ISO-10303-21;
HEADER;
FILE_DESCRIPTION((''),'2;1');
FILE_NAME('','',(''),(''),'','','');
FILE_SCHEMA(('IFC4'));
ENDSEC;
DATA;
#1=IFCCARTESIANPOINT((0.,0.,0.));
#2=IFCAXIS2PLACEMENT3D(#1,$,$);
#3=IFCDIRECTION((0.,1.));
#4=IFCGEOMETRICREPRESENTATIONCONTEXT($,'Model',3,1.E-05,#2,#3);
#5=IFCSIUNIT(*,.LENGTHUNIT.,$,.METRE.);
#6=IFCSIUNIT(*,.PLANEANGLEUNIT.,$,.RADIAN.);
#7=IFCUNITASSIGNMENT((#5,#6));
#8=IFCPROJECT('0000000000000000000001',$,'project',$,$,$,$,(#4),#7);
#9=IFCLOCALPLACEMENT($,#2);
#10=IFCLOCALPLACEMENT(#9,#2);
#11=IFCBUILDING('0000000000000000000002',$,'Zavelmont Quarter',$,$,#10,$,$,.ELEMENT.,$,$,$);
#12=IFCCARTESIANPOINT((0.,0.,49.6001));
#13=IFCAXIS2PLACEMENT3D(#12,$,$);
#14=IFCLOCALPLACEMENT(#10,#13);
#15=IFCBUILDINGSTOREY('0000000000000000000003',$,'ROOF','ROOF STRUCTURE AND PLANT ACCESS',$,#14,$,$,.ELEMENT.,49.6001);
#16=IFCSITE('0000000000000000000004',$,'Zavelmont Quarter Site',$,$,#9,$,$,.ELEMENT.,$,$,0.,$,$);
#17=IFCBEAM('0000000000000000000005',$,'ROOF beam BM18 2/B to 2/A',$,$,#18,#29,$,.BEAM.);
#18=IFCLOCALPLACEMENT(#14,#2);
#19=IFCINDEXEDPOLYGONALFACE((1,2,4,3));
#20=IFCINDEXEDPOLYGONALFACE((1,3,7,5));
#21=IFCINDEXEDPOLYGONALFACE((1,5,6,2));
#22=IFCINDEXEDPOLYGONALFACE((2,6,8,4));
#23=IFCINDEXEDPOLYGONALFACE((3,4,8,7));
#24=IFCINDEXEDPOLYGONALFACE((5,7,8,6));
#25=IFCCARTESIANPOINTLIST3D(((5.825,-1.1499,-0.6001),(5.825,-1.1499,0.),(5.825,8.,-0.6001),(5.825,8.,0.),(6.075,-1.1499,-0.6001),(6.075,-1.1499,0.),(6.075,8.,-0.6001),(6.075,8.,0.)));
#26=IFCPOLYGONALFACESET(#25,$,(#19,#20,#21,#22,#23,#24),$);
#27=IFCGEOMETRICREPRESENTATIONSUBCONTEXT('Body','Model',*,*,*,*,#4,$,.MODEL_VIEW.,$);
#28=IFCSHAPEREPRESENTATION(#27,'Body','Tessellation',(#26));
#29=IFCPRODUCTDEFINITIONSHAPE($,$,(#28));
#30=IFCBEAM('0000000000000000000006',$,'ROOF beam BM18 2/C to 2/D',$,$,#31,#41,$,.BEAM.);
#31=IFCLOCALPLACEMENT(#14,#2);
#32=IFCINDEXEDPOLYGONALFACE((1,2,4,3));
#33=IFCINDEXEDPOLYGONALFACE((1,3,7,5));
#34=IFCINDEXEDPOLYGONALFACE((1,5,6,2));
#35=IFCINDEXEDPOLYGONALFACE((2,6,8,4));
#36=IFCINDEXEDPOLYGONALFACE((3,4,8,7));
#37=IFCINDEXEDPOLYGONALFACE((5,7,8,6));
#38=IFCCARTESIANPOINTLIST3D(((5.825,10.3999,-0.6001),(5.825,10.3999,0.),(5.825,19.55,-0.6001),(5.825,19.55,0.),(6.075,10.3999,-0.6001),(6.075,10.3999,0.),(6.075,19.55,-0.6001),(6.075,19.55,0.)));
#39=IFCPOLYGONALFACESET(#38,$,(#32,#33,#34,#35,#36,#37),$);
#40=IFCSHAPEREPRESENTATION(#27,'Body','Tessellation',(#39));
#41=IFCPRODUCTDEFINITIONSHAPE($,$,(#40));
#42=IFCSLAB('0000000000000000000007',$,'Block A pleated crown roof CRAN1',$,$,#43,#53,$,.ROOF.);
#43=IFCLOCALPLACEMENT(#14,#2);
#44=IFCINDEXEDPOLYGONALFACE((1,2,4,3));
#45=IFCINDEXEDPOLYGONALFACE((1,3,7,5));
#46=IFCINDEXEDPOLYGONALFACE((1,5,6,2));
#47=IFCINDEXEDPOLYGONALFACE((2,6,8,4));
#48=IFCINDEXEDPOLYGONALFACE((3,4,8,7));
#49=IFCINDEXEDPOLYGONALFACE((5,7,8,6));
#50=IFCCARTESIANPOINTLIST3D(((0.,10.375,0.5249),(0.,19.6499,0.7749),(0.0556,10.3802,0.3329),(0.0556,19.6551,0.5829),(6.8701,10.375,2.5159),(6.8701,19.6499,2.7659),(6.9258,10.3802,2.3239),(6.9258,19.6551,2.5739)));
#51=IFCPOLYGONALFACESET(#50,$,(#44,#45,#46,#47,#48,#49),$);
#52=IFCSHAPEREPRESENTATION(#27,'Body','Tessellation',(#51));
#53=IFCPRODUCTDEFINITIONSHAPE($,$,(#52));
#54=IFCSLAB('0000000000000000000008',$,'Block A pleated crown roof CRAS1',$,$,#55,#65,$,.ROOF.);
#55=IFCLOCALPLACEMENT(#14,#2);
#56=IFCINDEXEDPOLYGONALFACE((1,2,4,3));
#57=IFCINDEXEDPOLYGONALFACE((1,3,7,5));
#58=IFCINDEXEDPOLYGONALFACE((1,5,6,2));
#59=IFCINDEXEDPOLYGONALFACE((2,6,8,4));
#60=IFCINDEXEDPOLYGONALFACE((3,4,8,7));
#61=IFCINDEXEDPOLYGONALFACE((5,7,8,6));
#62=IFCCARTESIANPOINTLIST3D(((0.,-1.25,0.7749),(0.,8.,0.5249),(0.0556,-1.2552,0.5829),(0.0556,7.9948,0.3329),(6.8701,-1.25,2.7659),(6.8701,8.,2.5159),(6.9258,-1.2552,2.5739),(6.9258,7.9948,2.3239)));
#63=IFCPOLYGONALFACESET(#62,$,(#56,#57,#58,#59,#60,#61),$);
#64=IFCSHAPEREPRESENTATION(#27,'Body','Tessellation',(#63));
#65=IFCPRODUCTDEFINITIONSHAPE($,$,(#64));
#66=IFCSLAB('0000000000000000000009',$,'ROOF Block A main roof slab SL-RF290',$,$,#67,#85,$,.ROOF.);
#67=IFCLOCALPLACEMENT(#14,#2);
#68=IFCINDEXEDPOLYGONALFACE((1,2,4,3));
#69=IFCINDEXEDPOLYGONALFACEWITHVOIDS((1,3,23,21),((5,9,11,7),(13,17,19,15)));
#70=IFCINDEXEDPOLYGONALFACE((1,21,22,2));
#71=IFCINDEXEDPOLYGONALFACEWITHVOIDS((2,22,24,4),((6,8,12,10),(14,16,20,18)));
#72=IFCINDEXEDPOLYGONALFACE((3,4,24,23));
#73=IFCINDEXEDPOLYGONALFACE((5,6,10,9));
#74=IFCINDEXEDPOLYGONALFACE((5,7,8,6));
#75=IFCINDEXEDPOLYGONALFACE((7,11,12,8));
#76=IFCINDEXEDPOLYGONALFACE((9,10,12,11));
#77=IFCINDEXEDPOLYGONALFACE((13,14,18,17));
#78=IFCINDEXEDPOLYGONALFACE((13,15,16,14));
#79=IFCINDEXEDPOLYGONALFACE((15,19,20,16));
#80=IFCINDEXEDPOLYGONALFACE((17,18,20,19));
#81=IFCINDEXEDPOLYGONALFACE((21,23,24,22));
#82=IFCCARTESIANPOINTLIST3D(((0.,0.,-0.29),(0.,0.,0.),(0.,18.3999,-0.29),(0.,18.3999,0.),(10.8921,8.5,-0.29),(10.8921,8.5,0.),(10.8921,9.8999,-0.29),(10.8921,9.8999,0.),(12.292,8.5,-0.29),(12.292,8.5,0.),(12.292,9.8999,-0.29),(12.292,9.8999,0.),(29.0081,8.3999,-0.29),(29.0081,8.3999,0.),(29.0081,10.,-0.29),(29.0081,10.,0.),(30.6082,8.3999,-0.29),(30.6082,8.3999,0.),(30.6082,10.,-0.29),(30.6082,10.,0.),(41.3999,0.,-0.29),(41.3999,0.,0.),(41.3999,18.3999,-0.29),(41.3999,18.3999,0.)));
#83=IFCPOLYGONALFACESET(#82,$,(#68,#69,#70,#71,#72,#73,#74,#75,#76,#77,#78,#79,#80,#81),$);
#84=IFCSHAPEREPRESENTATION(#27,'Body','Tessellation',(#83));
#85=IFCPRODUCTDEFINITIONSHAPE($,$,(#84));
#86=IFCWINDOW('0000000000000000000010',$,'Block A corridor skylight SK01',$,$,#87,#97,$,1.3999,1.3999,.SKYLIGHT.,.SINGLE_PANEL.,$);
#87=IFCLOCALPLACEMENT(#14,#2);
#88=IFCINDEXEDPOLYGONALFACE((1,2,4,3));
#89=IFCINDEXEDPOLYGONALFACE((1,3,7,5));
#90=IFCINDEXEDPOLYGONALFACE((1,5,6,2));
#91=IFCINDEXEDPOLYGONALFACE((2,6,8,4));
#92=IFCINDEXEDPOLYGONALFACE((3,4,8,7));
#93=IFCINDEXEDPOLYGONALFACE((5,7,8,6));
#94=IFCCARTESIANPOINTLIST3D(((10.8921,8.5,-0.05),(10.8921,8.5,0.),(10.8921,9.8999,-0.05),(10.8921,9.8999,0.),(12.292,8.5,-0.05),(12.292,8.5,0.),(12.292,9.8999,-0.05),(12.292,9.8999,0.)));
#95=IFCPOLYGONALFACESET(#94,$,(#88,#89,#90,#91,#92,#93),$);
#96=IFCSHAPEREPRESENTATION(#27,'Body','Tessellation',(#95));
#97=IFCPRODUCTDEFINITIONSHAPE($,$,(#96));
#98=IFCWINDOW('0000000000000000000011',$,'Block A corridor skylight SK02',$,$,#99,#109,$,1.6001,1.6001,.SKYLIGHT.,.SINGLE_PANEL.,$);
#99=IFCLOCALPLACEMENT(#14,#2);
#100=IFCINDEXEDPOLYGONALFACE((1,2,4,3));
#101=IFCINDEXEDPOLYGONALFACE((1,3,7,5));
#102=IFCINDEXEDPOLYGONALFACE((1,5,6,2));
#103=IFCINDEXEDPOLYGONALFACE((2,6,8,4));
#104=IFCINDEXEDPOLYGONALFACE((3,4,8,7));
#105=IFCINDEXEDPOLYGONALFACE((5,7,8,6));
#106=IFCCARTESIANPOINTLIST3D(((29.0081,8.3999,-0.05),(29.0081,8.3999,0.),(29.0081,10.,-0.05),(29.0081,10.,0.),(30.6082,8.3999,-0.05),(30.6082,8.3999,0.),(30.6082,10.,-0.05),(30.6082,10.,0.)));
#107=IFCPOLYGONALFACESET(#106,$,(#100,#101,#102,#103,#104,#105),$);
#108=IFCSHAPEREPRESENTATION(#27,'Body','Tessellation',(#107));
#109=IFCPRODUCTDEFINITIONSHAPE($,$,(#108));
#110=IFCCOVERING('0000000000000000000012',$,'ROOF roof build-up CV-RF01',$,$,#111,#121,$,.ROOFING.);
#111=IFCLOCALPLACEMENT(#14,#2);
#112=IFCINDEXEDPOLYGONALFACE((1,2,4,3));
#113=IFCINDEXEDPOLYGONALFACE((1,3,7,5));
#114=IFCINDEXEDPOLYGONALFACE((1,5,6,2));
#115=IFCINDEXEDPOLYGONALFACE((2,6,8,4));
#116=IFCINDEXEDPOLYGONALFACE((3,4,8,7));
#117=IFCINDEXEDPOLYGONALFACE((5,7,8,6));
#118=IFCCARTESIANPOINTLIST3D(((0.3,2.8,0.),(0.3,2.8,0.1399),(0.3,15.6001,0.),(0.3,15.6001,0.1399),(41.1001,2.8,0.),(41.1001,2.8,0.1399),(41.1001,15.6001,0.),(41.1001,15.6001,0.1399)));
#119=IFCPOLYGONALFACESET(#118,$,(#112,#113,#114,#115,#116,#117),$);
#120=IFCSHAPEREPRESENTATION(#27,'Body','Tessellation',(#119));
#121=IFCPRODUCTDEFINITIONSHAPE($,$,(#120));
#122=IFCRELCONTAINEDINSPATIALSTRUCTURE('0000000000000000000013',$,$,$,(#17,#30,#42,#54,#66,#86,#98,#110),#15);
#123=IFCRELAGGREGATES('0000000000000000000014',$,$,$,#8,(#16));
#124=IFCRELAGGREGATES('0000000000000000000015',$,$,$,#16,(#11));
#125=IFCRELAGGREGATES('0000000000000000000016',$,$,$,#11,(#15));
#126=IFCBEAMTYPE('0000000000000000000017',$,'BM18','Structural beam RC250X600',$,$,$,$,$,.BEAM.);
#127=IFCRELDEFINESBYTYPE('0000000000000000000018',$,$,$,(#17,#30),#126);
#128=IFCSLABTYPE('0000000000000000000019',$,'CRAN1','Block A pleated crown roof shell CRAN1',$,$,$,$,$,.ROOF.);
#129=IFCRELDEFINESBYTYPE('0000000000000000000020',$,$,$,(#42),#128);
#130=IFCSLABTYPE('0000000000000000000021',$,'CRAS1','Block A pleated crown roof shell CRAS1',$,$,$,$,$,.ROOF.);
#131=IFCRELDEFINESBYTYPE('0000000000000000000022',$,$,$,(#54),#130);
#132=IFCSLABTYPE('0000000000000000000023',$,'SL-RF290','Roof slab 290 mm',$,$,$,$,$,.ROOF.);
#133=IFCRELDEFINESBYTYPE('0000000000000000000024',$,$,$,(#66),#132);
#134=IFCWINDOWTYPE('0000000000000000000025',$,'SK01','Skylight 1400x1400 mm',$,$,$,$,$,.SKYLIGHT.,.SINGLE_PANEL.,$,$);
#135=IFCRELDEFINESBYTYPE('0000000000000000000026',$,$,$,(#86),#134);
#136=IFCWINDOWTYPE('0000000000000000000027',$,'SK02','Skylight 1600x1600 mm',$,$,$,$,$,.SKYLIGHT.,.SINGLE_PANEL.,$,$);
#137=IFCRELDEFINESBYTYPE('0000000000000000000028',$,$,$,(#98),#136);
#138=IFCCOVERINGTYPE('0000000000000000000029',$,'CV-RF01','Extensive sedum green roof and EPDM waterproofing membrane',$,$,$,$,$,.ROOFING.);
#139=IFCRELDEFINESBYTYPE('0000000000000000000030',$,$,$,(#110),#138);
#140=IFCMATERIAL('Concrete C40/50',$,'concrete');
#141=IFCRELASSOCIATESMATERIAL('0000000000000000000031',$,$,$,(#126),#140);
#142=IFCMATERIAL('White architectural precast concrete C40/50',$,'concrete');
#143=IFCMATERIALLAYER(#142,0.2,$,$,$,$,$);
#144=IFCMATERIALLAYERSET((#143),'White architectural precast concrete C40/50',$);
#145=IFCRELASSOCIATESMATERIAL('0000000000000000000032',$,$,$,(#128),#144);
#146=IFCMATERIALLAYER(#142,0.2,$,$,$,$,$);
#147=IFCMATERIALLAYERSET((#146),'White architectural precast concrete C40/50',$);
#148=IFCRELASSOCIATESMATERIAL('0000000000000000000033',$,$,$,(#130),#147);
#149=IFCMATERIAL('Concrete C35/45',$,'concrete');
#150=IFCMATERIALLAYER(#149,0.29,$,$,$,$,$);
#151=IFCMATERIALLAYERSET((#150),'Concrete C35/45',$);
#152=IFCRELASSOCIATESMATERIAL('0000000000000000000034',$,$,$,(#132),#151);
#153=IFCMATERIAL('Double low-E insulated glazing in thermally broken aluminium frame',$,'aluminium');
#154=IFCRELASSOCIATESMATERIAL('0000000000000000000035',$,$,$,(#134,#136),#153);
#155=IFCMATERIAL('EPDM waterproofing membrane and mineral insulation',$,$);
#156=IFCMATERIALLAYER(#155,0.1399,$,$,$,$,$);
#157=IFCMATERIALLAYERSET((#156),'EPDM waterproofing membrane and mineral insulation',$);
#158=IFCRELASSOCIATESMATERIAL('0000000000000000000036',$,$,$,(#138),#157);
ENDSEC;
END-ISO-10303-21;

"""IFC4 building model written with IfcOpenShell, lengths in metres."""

from ifc_helpers import new_model, si_unit, direction, frame, origin, origin_2d, place, context, subcontext, project, spatial, polyline, rectangle, outline, extrude, material, layer, layer_set, material_profile, profile_set, type_object, element, fill, save


model = new_model("IFC4")

# Units and contexts
model_context = context("Model", 3, precision=1e-05, world=origin(), true_north=direction((0.0, 1.0)))
body_context = subcontext(model_context, "Body", "Model", "MODEL_VIEW")
ifc_project = project(units=[si_unit("LENGTHUNIT", "METRE"), si_unit("PLANEANGLEUNIT", "RADIAN")], contexts=[model_context])

# Site, building, storey
site_placement = place(None, origin())
site = spatial("IfcSite", under=ifc_project, at=site_placement, Name="Zavelmont Quarter Site", CompositionType="ELEMENT", RefElevation=0.0)
building_placement = place(site_placement, origin())
building = spatial("IfcBuilding", under=site, at=building_placement, Name="Zavelmont Quarter", CompositionType="ELEMENT")
storey_placement = place(building_placement, frame((0.0, 0.0, 49.6001)))
storey = spatial("IfcBuildingStorey", under=building, at=storey_placement, Name="ROOF", Description="ROOF STRUCTURE AND PLANT ACCESS", CompositionType="ELEMENT", Elevation=49.6001)

# Shared definitions
ifc_material_1 = material(Name="Concrete C35/45", Category="concrete")

# Beams
ifc_material_2 = material(Name="Concrete C40/50", Category="concrete")
ifc_material_profile_1 = material_profile(ifc_material_2, rectangle(XDim=0.25, YDim=0.6001, at=origin_2d()), Name="RC250X600")
ifc_profile_set_1 = profile_set([ifc_material_profile_1], Name="Concrete C40/50")
beam_type_1 = type_object("IfcBeamType", Name="BM18", Description="Structural beam RC250X600", PredefinedType="BEAM", material=ifc_profile_set_1)
beam_1_placement = place(storey_placement, frame((5.95, 8.0, -0.3), z_axis=(0.0, -1.0, 0.0), x_axis=(1.0, 0.0, 0.0)))
element("IfcBeam", 1, at=beam_1_placement, inside=storey, type_object=beam_type_1, Name="ROOF beam BM18 2/B to 2/A", PredefinedType="BEAM", context=body_context, shape_type="SweptSolid", body=[
    extrude(rectangle(XDim=0.25, YDim=0.6001, at=origin_2d()), origin(), (0.0, 0.0, 1.0), 9.1499),
])
beam_2_placement = place(storey_placement, frame((5.95, 10.3999, -0.3), z_axis=(0.0, 1.0, 0.0), x_axis=(-1.0, 0.0, 0.0)))
element("IfcBeam", 2, at=beam_2_placement, inside=storey, type_object=beam_type_1, Name="ROOF beam BM18 2/C to 2/D", PredefinedType="BEAM", context=body_context, shape_type="SweptSolid", body=[
    extrude(rectangle(XDim=0.25, YDim=0.6001, at=origin_2d()), origin(), (0.0, 0.0, 1.0), 9.1501),
])

# Slabs
ifc_material_3 = material(Name="White architectural precast concrete C40/50", Category="concrete")
ifc_layer_1 = layer(ifc_material_3, 0.2)
ifc_layer_set_1 = layer_set([ifc_layer_1], Name="White architectural precast concrete C40/50")
slab_type_1 = type_object("IfcSlabType", Name="CRAN1", Description="Block A pleated crown roof shell CRAN1", PredefinedType="ROOF", material=ifc_layer_set_1)
slab_1_placement = place(storey_placement, frame((0.0, 10.375, 0.5249), z_axis=(-0.278255, -0.025881, 0.960159), x_axis=(0.96048, 0.0, 0.278348)))
element("IfcSlab", 3, at=slab_1_placement, inside=storey, type_object=slab_type_1, Name="Block A pleated crown roof CRAN1", PredefinedType="ROOF", context=body_context, shape_type="SweptSolid", body=[
    extrude(outline(polyline([(0.0, 0.0), (7.1528, 0.0), (7.2224, 9.278), (0.0696, 9.278), (0.0, 0.0)])), origin(), (0.0, 0.0, -1.0), 0.2),
])
ifc_layer_2 = layer(ifc_material_3, 0.2)
ifc_layer_set_2 = layer_set([ifc_layer_2], Name="White architectural precast concrete C40/50")
slab_type_2 = type_object("IfcSlabType", Name="CRAS1", Description="Block A pleated crown roof shell CRAS1", PredefinedType="ROOF", material=ifc_layer_set_2)
slab_2_placement = place(storey_placement, frame((0.0, -1.25, 0.7749), z_axis=(-0.278254, 0.02595, 0.960157), x_axis=(0.96048, 0.0, 0.278348)))
element("IfcSlab", 4, at=slab_2_placement, inside=storey, type_object=slab_type_2, Name="Block A pleated crown roof CRAS1", PredefinedType="ROOF", context=body_context, shape_type="SweptSolid", body=[
    extrude(outline(polyline([(0.0, 0.0), (7.1528, 0.0), (7.0832, 9.2531), (-0.0696, 9.2531), (0.0, 0.0)])), origin(), (0.0, 0.0, -1.0), 0.2),
])

# Slab, openings, windows
ifc_layer_3 = layer(ifc_material_1, 0.29)
ifc_layer_set_3 = layer_set([ifc_layer_3], Name="Concrete C35/45")
slab_type_3 = type_object("IfcSlabType", Name="SL-RF290", Description="Roof slab 290 mm", PredefinedType="ROOF", material=ifc_layer_set_3)
slab_3_placement = place(storey_placement, frame((0.0, 0.0, -0.29)))
slab_3 = element("IfcSlab", 5, at=slab_3_placement, inside=storey, type_object=slab_type_3, Name="ROOF Block A main roof slab SL-RF290", PredefinedType="ROOF", context=body_context, shape_type="SweptSolid", body=[
    extrude(outline(polyline([(0.0, 0.0), (41.3999, 0.0), (41.3999, 18.3999), (0.0, 18.3999), (0.0, 0.0)])), origin(), (0.0, 0.0, 1.0), 0.29),
])
opening_1_placement = place(slab_3_placement, frame((11.592, 9.2, 0.0)))
opening_1 = element("IfcOpeningElement", 6, at=opening_1_placement, cuts=slab_3, PredefinedType="OPENING", context=body_context, shape_type="SweptSolid", body=[
    extrude(rectangle(XDim=1.3999, YDim=1.3999, at=origin_2d()), frame((0.0, 0.0, -0.012)), (0.0, 0.0, 1.0), 0.314),
])
opening_2_placement = place(slab_3_placement, frame((29.8081, 9.2, 0.0)))
opening_2 = element("IfcOpeningElement", 7, at=opening_2_placement, cuts=slab_3, PredefinedType="OPENING", context=body_context, shape_type="SweptSolid", body=[
    extrude(rectangle(XDim=1.6001, YDim=1.6001, at=origin_2d()), frame((0.0, 0.0, -0.012)), (0.0, 0.0, 1.0), 0.314),
])
ifc_material_4 = material(Name="Double low-E insulated glazing in thermally broken aluminium frame", Category="aluminium")
window_type_1 = type_object("IfcWindowType", Name="SK01", Description="Skylight 1400x1400 mm", PartitioningType="SINGLE_PANEL", PredefinedType="SKYLIGHT", material=ifc_material_4)
window_1_placement = place(opening_1_placement, frame((0.0, 0.0, 0.24)))
window_1 = element("IfcWindow", 8, at=window_1_placement, inside=storey, type_object=window_type_1, Name="Block A corridor skylight SK01", OverallHeight=1.3999, OverallWidth=1.3999, PartitioningType="SINGLE_PANEL", PredefinedType="SKYLIGHT", context=body_context, shape_type="SweptSolid", body=[
    extrude(rectangle(XDim=1.3999, YDim=1.3999, at=origin_2d()), origin(), (0.0, 0.0, 1.0), 0.05),
])
fill(opening_1, window_1)
window_type_2 = type_object("IfcWindowType", Name="SK02", Description="Skylight 1600x1600 mm", PartitioningType="SINGLE_PANEL", PredefinedType="SKYLIGHT", material=ifc_material_4)
window_2_placement = place(opening_2_placement, frame((0.0, 0.0, 0.24)))
window_2 = element("IfcWindow", 9, at=window_2_placement, inside=storey, type_object=window_type_2, Name="Block A corridor skylight SK02", OverallHeight=1.6001, OverallWidth=1.6001, PartitioningType="SINGLE_PANEL", PredefinedType="SKYLIGHT", context=body_context, shape_type="SweptSolid", body=[
    extrude(rectangle(XDim=1.6001, YDim=1.6001, at=origin_2d()), origin(), (0.0, 0.0, 1.0), 0.05),
])
fill(opening_2, window_2)

# Covering
ifc_material_5 = material(Name="EPDM waterproofing membrane and mineral insulation")
ifc_layer_4 = layer(ifc_material_5, 0.1399)
ifc_layer_set_4 = layer_set([ifc_layer_4], Name="EPDM waterproofing membrane and mineral insulation")
covering_type = type_object("IfcCoveringType", Name="CV-RF01", Description="Extensive sedum green roof and EPDM waterproofing membrane", PredefinedType="ROOFING", material=ifc_layer_set_4)
covering_placement = place(storey_placement, origin())
element("IfcCovering", 10, at=covering_placement, inside=storey, type_object=covering_type, Name="ROOF roof build-up CV-RF01", PredefinedType="ROOFING", context=body_context, shape_type="SweptSolid", body=[
    extrude(outline(polyline([(0.3, 2.8), (41.1001, 2.8), (41.1001, 15.6001), (0.3, 15.6001), (0.3, 2.8)])), origin(), (0.0, 0.0, 1.0), 0.1399),
])

save(model, "model.ifc")
